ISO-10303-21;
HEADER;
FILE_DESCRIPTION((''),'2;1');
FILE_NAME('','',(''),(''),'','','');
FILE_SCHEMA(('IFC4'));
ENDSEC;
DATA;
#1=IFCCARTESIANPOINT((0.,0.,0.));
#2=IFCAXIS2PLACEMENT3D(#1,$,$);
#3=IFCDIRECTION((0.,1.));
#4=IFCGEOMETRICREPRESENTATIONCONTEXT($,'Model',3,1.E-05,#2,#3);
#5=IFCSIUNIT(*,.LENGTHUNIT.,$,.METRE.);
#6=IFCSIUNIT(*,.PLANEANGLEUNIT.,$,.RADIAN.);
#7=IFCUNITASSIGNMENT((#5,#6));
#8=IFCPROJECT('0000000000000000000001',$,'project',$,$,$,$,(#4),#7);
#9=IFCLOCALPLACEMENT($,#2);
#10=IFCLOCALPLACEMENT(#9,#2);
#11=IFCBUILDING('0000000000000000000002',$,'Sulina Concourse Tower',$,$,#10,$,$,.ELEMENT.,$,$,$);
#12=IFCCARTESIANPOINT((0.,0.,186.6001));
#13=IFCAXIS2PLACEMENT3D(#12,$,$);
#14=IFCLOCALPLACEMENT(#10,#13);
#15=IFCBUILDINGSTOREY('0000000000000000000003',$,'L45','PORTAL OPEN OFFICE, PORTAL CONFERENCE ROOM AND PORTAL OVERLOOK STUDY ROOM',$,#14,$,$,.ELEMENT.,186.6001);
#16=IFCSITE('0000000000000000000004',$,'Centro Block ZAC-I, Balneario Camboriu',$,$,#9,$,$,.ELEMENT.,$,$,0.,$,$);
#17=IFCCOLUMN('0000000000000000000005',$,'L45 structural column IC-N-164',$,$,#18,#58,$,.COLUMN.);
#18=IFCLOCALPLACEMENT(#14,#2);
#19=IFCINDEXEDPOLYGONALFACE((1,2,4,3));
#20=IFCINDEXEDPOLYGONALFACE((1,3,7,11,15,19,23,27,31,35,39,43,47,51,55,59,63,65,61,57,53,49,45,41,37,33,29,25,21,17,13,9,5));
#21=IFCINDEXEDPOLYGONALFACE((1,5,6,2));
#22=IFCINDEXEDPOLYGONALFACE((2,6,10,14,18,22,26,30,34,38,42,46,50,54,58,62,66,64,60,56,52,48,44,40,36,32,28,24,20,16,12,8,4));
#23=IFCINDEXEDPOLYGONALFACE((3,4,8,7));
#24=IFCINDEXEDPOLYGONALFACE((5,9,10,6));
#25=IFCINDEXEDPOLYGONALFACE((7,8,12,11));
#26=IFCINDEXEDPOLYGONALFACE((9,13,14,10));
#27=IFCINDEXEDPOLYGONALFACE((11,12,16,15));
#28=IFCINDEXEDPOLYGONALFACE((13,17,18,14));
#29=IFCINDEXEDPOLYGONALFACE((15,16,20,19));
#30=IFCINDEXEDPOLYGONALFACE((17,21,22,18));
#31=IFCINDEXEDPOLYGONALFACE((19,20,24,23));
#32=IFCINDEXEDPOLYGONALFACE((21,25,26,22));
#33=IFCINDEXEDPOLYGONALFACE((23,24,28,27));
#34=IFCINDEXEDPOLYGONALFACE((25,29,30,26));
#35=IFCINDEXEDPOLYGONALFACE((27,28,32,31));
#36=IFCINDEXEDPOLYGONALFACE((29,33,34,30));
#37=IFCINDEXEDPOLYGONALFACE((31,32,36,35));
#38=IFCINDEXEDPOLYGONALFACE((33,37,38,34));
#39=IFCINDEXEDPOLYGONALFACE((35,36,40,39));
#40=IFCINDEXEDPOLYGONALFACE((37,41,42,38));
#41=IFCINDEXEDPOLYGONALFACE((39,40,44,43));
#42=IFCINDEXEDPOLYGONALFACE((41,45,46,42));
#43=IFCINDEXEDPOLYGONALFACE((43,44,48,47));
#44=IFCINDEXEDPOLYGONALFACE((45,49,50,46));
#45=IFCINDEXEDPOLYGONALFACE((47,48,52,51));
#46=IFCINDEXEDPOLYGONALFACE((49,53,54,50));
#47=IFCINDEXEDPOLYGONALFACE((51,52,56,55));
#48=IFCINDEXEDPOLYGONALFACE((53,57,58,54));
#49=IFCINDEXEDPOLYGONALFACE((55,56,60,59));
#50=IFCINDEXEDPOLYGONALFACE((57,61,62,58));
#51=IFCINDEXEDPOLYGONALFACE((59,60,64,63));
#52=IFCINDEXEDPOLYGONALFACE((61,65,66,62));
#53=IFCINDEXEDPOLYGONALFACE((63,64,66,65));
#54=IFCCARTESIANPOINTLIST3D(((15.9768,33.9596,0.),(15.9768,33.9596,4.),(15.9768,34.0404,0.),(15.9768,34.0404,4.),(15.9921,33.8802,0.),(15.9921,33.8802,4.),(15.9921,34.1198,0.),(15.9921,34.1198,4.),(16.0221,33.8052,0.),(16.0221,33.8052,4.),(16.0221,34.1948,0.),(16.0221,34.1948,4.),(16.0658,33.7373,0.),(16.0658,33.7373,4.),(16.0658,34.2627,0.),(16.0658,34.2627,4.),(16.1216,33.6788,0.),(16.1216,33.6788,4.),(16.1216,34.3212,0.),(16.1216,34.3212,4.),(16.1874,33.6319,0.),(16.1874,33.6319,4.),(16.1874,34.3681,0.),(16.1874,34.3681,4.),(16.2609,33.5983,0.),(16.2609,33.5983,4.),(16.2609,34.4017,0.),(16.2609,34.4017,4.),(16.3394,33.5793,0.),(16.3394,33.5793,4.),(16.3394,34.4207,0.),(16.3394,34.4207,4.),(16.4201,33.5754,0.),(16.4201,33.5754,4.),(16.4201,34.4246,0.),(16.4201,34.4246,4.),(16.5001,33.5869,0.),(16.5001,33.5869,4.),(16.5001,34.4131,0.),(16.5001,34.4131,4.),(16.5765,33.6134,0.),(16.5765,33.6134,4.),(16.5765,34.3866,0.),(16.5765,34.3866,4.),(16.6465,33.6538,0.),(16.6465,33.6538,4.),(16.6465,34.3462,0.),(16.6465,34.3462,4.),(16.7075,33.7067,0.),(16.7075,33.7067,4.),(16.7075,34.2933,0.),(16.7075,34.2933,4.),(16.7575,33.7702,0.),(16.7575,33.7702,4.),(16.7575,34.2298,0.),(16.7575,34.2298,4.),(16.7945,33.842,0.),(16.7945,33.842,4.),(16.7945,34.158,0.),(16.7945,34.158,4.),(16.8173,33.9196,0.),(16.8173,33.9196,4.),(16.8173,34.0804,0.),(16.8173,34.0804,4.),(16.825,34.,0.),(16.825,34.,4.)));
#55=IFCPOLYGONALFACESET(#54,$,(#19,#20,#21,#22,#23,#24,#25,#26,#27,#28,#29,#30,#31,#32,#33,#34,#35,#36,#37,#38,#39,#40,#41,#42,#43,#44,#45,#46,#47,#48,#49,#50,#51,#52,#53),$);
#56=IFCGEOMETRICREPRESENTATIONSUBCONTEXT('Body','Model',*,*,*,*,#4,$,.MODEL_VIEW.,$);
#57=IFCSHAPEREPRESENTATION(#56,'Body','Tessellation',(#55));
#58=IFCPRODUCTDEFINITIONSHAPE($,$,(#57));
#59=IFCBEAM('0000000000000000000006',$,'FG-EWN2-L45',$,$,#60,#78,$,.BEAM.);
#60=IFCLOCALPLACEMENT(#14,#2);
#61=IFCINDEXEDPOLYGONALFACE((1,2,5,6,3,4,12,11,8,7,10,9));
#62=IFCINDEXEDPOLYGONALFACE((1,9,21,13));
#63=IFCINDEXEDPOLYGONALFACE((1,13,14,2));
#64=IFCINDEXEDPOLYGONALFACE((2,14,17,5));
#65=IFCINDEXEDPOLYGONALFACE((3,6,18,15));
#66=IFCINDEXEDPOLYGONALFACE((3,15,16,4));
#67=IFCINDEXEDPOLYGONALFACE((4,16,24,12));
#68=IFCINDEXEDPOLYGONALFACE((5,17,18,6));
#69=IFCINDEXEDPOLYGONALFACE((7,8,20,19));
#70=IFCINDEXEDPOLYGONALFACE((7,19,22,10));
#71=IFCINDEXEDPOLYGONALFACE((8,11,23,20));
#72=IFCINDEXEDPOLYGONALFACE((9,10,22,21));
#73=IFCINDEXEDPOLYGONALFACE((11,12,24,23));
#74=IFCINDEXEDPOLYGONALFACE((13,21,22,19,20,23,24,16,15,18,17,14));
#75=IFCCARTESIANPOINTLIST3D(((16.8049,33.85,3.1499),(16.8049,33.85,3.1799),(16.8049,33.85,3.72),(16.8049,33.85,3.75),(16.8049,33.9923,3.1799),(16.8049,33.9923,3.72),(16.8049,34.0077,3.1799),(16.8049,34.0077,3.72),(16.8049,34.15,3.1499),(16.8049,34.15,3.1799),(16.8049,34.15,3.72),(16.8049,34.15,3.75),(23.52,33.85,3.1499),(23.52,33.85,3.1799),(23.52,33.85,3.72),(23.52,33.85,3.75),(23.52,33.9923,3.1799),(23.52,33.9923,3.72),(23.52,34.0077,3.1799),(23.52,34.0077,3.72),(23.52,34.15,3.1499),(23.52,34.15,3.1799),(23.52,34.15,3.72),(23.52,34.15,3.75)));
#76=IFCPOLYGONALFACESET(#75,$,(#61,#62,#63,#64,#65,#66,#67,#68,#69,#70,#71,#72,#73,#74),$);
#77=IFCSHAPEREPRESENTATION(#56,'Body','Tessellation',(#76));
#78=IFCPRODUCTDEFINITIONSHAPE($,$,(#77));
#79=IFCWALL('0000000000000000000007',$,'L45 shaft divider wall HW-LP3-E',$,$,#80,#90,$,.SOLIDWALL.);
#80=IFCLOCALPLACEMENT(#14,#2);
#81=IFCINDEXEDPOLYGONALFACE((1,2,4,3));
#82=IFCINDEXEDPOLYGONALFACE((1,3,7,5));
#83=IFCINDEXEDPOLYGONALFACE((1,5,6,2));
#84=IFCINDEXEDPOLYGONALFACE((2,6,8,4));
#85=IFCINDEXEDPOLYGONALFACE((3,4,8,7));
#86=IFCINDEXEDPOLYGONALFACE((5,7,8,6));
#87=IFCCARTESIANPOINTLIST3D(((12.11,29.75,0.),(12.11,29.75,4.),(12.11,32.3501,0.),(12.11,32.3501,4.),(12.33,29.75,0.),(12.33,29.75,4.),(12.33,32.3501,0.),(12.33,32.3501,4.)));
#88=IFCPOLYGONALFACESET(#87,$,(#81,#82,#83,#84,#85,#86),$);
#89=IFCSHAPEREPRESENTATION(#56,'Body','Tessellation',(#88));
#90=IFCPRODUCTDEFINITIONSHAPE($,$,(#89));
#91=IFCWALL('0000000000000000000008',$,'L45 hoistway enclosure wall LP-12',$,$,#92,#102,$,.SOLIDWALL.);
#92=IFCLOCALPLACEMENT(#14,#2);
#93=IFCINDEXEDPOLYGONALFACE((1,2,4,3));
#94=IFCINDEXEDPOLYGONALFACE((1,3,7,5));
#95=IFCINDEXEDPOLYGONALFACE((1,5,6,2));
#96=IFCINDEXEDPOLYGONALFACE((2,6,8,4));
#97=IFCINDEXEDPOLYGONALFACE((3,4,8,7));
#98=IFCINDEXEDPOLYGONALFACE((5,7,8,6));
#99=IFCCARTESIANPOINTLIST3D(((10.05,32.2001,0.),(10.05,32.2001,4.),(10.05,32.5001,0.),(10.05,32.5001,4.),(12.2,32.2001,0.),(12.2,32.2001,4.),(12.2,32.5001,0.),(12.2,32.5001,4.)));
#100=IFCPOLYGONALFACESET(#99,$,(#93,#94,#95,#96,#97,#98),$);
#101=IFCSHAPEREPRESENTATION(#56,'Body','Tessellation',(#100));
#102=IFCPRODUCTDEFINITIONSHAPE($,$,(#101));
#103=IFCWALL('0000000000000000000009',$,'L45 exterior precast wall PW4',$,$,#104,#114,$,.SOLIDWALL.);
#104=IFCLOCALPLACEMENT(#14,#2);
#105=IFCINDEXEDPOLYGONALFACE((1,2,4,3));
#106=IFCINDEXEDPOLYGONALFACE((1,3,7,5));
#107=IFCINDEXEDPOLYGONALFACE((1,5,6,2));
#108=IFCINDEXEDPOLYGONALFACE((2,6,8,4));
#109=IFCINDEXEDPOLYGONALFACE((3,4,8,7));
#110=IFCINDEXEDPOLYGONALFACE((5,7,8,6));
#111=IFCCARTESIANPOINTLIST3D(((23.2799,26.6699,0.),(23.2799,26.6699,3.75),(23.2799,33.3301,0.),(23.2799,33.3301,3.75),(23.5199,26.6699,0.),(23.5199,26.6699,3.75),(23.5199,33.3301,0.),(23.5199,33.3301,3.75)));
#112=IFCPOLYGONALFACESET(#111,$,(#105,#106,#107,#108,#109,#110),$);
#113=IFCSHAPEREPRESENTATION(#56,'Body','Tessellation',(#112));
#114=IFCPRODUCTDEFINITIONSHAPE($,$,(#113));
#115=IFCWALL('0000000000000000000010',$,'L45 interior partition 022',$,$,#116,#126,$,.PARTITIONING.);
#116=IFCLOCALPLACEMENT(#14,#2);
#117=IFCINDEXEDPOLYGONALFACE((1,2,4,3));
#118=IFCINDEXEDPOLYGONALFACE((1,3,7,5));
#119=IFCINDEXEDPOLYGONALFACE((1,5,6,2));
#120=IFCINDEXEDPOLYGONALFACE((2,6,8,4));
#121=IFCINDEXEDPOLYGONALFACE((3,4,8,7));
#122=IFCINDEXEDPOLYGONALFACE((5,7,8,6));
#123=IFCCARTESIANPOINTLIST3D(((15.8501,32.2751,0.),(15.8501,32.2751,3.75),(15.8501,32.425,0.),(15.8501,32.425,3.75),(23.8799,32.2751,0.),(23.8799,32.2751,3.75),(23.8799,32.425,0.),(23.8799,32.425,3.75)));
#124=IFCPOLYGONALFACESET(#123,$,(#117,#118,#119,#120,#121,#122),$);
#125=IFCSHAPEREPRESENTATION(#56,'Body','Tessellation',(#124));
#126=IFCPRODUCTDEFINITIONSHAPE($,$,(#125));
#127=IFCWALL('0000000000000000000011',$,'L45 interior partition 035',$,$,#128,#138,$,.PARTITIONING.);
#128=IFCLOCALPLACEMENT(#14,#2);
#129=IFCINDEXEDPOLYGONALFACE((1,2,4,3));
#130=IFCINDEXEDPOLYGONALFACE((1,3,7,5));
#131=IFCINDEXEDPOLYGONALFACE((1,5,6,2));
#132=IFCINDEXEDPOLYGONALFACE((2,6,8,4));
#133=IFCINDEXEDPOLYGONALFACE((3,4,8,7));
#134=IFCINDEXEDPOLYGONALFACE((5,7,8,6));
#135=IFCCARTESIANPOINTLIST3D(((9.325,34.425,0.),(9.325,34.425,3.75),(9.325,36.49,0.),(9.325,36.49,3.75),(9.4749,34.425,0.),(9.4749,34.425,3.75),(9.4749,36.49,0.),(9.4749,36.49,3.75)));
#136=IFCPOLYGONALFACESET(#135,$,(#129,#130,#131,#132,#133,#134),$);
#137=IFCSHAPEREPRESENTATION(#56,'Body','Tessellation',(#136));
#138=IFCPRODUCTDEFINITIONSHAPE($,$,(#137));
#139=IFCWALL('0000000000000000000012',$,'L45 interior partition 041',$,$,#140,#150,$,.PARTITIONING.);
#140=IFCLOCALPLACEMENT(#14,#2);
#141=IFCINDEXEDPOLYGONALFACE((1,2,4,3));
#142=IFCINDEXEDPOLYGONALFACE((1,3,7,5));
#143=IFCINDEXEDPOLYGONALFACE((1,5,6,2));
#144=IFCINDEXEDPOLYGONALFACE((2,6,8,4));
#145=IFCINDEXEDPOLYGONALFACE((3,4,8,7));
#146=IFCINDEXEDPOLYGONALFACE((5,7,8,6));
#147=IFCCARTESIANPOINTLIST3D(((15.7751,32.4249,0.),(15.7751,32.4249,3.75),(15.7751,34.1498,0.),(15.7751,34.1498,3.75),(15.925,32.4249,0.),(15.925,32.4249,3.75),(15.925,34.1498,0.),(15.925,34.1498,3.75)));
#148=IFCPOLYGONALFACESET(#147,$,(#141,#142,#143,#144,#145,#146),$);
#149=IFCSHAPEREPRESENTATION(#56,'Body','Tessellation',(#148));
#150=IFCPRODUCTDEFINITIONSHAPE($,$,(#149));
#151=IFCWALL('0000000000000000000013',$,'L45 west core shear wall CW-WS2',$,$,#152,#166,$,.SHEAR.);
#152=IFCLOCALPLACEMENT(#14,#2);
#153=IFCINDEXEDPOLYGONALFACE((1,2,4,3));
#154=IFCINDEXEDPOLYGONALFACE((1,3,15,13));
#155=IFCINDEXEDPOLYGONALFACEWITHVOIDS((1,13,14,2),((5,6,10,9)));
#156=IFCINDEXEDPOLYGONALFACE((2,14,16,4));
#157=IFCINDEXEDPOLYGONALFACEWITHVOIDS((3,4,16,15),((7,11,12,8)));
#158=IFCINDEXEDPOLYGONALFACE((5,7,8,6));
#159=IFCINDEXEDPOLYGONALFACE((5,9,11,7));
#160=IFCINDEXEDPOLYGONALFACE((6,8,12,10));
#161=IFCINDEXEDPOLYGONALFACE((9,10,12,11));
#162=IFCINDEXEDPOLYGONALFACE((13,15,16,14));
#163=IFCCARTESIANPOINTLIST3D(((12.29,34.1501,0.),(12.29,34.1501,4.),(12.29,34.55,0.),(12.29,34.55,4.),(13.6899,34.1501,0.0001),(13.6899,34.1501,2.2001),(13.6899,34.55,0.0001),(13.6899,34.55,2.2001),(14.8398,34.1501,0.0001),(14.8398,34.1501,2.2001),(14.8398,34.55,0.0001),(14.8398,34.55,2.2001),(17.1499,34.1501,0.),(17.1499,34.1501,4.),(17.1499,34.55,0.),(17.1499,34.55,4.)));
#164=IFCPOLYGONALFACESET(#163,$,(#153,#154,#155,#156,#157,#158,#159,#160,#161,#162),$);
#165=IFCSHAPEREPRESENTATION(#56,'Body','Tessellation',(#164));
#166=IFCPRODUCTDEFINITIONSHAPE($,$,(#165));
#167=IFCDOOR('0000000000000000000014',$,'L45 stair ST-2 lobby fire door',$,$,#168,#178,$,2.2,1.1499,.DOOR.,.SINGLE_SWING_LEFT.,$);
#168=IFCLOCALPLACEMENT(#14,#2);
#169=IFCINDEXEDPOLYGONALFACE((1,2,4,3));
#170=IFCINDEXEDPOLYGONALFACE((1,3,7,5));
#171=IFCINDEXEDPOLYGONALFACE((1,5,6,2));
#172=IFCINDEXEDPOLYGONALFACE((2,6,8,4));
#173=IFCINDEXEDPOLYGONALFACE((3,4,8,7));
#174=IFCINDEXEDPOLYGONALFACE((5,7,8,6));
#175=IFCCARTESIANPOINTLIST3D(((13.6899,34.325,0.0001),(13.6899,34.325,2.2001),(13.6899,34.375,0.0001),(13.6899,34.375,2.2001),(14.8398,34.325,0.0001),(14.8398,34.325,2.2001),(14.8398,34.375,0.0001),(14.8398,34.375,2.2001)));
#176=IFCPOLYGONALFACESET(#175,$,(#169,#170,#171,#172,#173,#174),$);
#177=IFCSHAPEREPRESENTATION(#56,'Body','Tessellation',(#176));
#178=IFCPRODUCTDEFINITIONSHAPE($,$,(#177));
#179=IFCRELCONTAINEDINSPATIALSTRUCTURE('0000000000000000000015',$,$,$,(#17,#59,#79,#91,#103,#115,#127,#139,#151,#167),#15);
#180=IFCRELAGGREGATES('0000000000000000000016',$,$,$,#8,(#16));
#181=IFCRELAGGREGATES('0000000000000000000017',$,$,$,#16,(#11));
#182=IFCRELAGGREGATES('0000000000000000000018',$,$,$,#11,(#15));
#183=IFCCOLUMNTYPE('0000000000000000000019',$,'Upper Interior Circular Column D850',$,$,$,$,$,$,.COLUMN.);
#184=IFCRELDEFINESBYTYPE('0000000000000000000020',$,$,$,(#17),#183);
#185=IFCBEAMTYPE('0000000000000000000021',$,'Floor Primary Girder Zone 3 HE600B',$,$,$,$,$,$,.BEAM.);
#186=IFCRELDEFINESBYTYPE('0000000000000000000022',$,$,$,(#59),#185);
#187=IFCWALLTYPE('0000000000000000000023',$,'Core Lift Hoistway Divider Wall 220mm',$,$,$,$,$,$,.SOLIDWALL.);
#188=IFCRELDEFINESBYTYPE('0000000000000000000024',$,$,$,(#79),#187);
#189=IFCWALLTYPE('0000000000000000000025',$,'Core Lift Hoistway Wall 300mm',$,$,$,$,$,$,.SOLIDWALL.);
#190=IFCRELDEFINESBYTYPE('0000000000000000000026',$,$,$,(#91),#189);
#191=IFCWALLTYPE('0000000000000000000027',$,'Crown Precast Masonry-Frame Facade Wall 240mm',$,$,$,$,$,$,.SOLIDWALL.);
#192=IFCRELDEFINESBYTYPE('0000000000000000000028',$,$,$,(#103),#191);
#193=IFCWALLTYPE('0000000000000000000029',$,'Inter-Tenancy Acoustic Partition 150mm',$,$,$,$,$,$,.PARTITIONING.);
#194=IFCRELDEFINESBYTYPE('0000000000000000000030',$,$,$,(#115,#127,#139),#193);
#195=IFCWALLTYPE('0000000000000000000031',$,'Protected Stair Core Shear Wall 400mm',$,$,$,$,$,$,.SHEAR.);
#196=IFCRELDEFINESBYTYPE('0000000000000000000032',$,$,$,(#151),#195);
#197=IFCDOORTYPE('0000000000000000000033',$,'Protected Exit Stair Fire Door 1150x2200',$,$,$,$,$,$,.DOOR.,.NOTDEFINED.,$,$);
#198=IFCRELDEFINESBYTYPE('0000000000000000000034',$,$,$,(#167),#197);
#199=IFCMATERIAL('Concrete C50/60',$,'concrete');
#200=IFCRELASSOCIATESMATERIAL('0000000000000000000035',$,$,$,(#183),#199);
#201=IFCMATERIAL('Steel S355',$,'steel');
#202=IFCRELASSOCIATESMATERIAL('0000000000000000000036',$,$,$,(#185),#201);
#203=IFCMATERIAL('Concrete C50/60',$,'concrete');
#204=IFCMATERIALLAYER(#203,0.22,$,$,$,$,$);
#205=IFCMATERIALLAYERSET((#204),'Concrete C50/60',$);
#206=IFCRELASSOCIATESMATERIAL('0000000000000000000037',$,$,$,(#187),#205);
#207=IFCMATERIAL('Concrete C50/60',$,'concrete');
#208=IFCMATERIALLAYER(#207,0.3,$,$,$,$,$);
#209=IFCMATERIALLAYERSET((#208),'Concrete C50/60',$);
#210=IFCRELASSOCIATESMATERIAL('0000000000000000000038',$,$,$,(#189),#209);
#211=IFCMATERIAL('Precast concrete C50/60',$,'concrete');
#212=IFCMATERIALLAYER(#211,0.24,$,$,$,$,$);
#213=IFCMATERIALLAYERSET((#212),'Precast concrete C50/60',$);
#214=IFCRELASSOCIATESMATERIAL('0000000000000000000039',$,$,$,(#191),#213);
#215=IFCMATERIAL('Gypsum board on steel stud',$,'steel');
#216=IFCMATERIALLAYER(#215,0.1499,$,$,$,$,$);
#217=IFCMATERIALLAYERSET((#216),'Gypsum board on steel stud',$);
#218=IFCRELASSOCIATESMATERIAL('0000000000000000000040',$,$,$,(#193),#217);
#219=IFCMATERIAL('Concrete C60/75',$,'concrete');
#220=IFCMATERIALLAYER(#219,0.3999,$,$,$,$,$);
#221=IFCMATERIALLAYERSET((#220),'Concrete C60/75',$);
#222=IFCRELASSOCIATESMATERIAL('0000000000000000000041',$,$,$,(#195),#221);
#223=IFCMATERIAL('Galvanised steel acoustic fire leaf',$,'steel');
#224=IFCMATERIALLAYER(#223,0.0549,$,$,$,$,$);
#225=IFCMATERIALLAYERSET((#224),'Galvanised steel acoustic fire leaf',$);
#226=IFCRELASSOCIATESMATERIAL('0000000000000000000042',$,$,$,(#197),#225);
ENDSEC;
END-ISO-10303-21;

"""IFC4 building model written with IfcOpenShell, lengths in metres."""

from ifc_helpers import new_model, si_unit, direction, frame, frame_2d, origin, origin_2d, place, context, subcontext, project, spatial, rectangle, circle, i_section, extrude, material, layer, layer_set, material_profile, profile_set, type_object, element, fill, save


model = new_model("IFC4")

# Units and contexts
model_context = context("Model", 3, precision=1e-05, world=origin(), true_north=direction((0.0, 1.0)))
body_context = subcontext(model_context, "Body", "Model", "MODEL_VIEW")
ifc_project = project(units=[si_unit("LENGTHUNIT", "METRE"), si_unit("PLANEANGLEUNIT", "RADIAN")], contexts=[model_context])

# Site, building, storey
site_placement = place(None, origin())
site = spatial("IfcSite", under=ifc_project, at=site_placement, Name="Centro Block ZAC-I, Balneario Camboriu", CompositionType="ELEMENT", RefElevation=0.0)
building_placement = place(site_placement, origin())
building = spatial("IfcBuilding", under=site, at=building_placement, Name="Sulina Concourse Tower", CompositionType="ELEMENT")
storey_placement = place(building_placement, frame((0.0, 0.0, 186.6001)))
storey = spatial("IfcBuildingStorey", under=building, at=storey_placement, Name="L45", Description="PORTAL OPEN OFFICE, PORTAL CONFERENCE ROOM AND PORTAL OVERLOOK STUDY ROOM", CompositionType="ELEMENT", Elevation=186.6001)

# Column
ifc_material_1 = material(Name="Concrete C50/60", Category="concrete")
ifc_material_profile_1 = material_profile(ifc_material_1, circle(Radius=0.425, at=origin_2d()), Name="RC D850")
ifc_profile_set_1 = profile_set([ifc_material_profile_1], Name="Concrete C50/60")
column_type = type_object("IfcColumnType", Name="Upper Interior Circular Column D850", PredefinedType="COLUMN", material=ifc_profile_set_1)
column_placement = place(storey_placement, frame((16.3999, 34.0, 0.0), z_axis=(0.0, 0.0, 1.0), x_axis=(1.0, 0.0, 0.0)))
element("IfcColumn", 1, at=column_placement, inside=storey, type_object=column_type, Name="L45 structural column IC-N-164", PredefinedType="COLUMN", context=body_context, shape_type="SweptSolid", body=[
    extrude(circle(Radius=0.425, at=origin_2d()), origin(), (0.0, 0.0, 1.0), 4.0),
])

# Beam
ifc_material_2 = material(Name="Steel S355", Category="steel")
ifc_material_profile_2 = material_profile(ifc_material_2, i_section(OverallWidth=0.3, OverallDepth=0.6001, WebThickness=0.0154, FlangeThickness=0.03, at=origin_2d()), Name="HE 600 B")
ifc_profile_set_2 = profile_set([ifc_material_profile_2], Name="Steel S355")
beam_type = type_object("IfcBeamType", Name="Floor Primary Girder Zone 3 HE600B", PredefinedType="BEAM", material=ifc_profile_set_2)
beam_placement = place(storey_placement, frame((16.8049, 34.0, 3.45), z_axis=(1.0, 0.0, 0.0), x_axis=(0.0, 1.0, 0.0)))
element("IfcBeam", 2, at=beam_placement, inside=storey, type_object=beam_type, Name="FG-EWN2-L45", PredefinedType="BEAM", context=body_context, shape_type="SweptSolid", body=[
    extrude(i_section(OverallWidth=0.3, OverallDepth=0.6001, WebThickness=0.0154, FlangeThickness=0.03, at=origin_2d()), origin(), (0.0, 0.0, 1.0), 6.7151),
])

# Walls
ifc_material_3 = material(Name="Concrete C50/60", Category="concrete")
ifc_layer_1 = layer(ifc_material_3, 0.22)
ifc_layer_set_1 = layer_set([ifc_layer_1], Name="Concrete C50/60")
wall_type_1 = type_object("IfcWallType", Name="Core Lift Hoistway Divider Wall 220mm", PredefinedType="SOLIDWALL", material=ifc_layer_set_1)
wall_1_placement = place(storey_placement, frame((12.22, 29.75, 0.0), z_axis=(0.0, 0.0, 1.0), x_axis=(0.0, 1.0, 0.0)))
element("IfcWall", 3, at=wall_1_placement, inside=storey, type_object=wall_type_1, Name="L45 shaft divider wall HW-LP3-E", PredefinedType="SOLIDWALL", context=body_context, shape_type="SweptSolid", body=[
    extrude(rectangle(XDim=2.6001, YDim=0.22, at=frame_2d((1.3, 0.0))), origin(), (0.0, 0.0, 1.0), 4.0),
])
ifc_material_4 = material(Name="Concrete C50/60", Category="concrete")
ifc_layer_2 = layer(ifc_material_4, 0.3)
ifc_layer_set_2 = layer_set([ifc_layer_2], Name="Concrete C50/60")
wall_type_2 = type_object("IfcWallType", Name="Core Lift Hoistway Wall 300mm", PredefinedType="SOLIDWALL", material=ifc_layer_set_2)
wall_2_placement = place(storey_placement, frame((10.05, 32.3501, 0.0), z_axis=(0.0, 0.0, 1.0), x_axis=(1.0, 0.0, 0.0)))
element("IfcWall", 4, at=wall_2_placement, inside=storey, type_object=wall_type_2, Name="L45 hoistway enclosure wall LP-12", PredefinedType="SOLIDWALL", context=body_context, shape_type="SweptSolid", body=[
    extrude(rectangle(XDim=2.1499, YDim=0.3, at=frame_2d((1.075, 0.0))), origin(), (0.0, 0.0, 1.0), 4.0),
])
ifc_material_5 = material(Name="Precast concrete C50/60", Category="concrete")
ifc_layer_3 = layer(ifc_material_5, 0.24)
ifc_layer_set_3 = layer_set([ifc_layer_3], Name="Precast concrete C50/60")
wall_type_3 = type_object("IfcWallType", Name="Crown Precast Masonry-Frame Facade Wall 240mm", PredefinedType="SOLIDWALL", material=ifc_layer_set_3)
wall_3_placement = place(storey_placement, frame((23.3999, 33.3301, 0.0), z_axis=(0.0, 0.0, 1.0), x_axis=(0.0, -1.0, 0.0)))
element("IfcWall", 5, at=wall_3_placement, inside=storey, type_object=wall_type_3, Name="L45 exterior precast wall PW4", PredefinedType="SOLIDWALL", context=body_context, shape_type="SweptSolid", body=[
    extrude(rectangle(XDim=6.6602, YDim=0.24, at=frame_2d((3.3301, 0.0))), origin(), (0.0, 0.0, 1.0), 3.75),
])

# Shared definitions
ifc_material_6 = material(Name="Gypsum board on steel stud", Category="steel")
ifc_layer_4 = layer(ifc_material_6, 0.1499)
ifc_layer_set_4 = layer_set([ifc_layer_4], Name="Gypsum board on steel stud")
wall_type_4 = type_object("IfcWallType", Name="Inter-Tenancy Acoustic Partition 150mm", PredefinedType="PARTITIONING", material=ifc_layer_set_4)

# Walls
wall_4_placement = place(storey_placement, frame((15.8501, 32.3501, 0.0), z_axis=(0.0, 0.0, 1.0), x_axis=(1.0, 0.0, 0.0)))
element("IfcWall", 6, at=wall_4_placement, inside=storey, type_object=wall_type_4, Name="L45 interior partition 022", PredefinedType="PARTITIONING", context=body_context, shape_type="SweptSolid", body=[
    extrude(rectangle(XDim=8.0298, YDim=0.1499, at=frame_2d((4.0149, 0.0))), origin(), (0.0, 0.0, 1.0), 3.75),
])
wall_5_placement = place(storey_placement, frame((9.3999, 34.425, 0.0), z_axis=(0.0, 0.0, 1.0), x_axis=(0.0, 1.0, 0.0)))
element("IfcWall", 7, at=wall_5_placement, inside=storey, type_object=wall_type_4, Name="L45 interior partition 035", PredefinedType="PARTITIONING", context=body_context, shape_type="SweptSolid", body=[
    extrude(rectangle(XDim=2.0649, YDim=0.1499, at=frame_2d((1.0325, 0.0))), origin(), (0.0, 0.0, 1.0), 3.75),
])
wall_6_placement = place(storey_placement, frame((15.8501, 32.425, 0.0), z_axis=(0.0, 0.0, 1.0), x_axis=(0.0, 1.0, 0.0)))
element("IfcWall", 8, at=wall_6_placement, inside=storey, type_object=wall_type_4, Name="L45 interior partition 041", PredefinedType="PARTITIONING", context=body_context, shape_type="SweptSolid", body=[
    extrude(rectangle(XDim=1.7249, YDim=0.1499, at=frame_2d((0.8623, 0.0))), origin(), (0.0, 0.0, 1.0), 3.75),
])

# Wall, opening, door
ifc_material_7 = material(Name="Concrete C60/75", Category="concrete")
ifc_layer_5 = layer(ifc_material_7, 0.3999)
ifc_layer_set_5 = layer_set([ifc_layer_5], Name="Concrete C60/75")
wall_type_5 = type_object("IfcWallType", Name="Protected Stair Core Shear Wall 400mm", PredefinedType="SHEAR", material=ifc_layer_set_5)
wall_7_placement = place(storey_placement, frame((12.29, 34.3501, 0.0), z_axis=(0.0, 0.0, 1.0), x_axis=(1.0, 0.0, 0.0)))
wall_7 = element("IfcWall", 9, at=wall_7_placement, inside=storey, type_object=wall_type_5, Name="L45 west core shear wall CW-WS2", PredefinedType="SHEAR", context=body_context, shape_type="SweptSolid", body=[
    extrude(rectangle(XDim=4.8599, YDim=0.3999, at=frame_2d((2.4299, 0.0))), origin(), (0.0, 0.0, 1.0), 4.0),
])
opening_1_placement = place(wall_7_placement, frame((1.3999, 0.0, 0.0)))
opening_1 = element("IfcOpeningElement", 10, at=opening_1_placement, cuts=wall_7, PredefinedType="OPENING", context=body_context, shape_type="SweptSolid", body=[
    extrude(rectangle(XDim=1.1499, YDim=2.2, at=frame_2d((0.575, 1.1001))), frame((0.0, 0.21, 0.0), z_axis=(0.0, -1.0, 0.0), x_axis=(1.0, 0.0, 0.0)), (0.0, 0.0, 1.0), 0.4199),
])
ifc_material_8 = material(Name="Galvanised steel acoustic fire leaf", Category="steel")
ifc_layer_6 = layer(ifc_material_8, 0.0549)
ifc_layer_set_6 = layer_set([ifc_layer_6], Name="Galvanised steel acoustic fire leaf")
door_type_1 = type_object("IfcDoorType", Name="Protected Exit Stair Fire Door 1150x2200", OperationType="NOTDEFINED", PredefinedType="DOOR", material=ifc_layer_set_6)
door_1_placement = place(opening_1_placement, origin())
door_1 = element("IfcDoor", 11, at=door_1_placement, inside=storey, type_object=door_type_1, Name="L45 stair ST-2 lobby fire door", OperationType="SINGLE_SWING_LEFT", OverallHeight=2.2, OverallWidth=1.1499, PredefinedType="DOOR", context=body_context, shape_type="SweptSolid", body=[
    extrude(rectangle(XDim=1.1499, YDim=2.2, at=frame_2d((0.575, 1.1001))), frame((0.0, 0.0249, 0.0), z_axis=(0.0, -1.0, 0.0), x_axis=(1.0, 0.0, 0.0)), (0.0, 0.0, 1.0), 0.05),
])
fill(opening_1, door_1)

save(model, "model.ifc")
